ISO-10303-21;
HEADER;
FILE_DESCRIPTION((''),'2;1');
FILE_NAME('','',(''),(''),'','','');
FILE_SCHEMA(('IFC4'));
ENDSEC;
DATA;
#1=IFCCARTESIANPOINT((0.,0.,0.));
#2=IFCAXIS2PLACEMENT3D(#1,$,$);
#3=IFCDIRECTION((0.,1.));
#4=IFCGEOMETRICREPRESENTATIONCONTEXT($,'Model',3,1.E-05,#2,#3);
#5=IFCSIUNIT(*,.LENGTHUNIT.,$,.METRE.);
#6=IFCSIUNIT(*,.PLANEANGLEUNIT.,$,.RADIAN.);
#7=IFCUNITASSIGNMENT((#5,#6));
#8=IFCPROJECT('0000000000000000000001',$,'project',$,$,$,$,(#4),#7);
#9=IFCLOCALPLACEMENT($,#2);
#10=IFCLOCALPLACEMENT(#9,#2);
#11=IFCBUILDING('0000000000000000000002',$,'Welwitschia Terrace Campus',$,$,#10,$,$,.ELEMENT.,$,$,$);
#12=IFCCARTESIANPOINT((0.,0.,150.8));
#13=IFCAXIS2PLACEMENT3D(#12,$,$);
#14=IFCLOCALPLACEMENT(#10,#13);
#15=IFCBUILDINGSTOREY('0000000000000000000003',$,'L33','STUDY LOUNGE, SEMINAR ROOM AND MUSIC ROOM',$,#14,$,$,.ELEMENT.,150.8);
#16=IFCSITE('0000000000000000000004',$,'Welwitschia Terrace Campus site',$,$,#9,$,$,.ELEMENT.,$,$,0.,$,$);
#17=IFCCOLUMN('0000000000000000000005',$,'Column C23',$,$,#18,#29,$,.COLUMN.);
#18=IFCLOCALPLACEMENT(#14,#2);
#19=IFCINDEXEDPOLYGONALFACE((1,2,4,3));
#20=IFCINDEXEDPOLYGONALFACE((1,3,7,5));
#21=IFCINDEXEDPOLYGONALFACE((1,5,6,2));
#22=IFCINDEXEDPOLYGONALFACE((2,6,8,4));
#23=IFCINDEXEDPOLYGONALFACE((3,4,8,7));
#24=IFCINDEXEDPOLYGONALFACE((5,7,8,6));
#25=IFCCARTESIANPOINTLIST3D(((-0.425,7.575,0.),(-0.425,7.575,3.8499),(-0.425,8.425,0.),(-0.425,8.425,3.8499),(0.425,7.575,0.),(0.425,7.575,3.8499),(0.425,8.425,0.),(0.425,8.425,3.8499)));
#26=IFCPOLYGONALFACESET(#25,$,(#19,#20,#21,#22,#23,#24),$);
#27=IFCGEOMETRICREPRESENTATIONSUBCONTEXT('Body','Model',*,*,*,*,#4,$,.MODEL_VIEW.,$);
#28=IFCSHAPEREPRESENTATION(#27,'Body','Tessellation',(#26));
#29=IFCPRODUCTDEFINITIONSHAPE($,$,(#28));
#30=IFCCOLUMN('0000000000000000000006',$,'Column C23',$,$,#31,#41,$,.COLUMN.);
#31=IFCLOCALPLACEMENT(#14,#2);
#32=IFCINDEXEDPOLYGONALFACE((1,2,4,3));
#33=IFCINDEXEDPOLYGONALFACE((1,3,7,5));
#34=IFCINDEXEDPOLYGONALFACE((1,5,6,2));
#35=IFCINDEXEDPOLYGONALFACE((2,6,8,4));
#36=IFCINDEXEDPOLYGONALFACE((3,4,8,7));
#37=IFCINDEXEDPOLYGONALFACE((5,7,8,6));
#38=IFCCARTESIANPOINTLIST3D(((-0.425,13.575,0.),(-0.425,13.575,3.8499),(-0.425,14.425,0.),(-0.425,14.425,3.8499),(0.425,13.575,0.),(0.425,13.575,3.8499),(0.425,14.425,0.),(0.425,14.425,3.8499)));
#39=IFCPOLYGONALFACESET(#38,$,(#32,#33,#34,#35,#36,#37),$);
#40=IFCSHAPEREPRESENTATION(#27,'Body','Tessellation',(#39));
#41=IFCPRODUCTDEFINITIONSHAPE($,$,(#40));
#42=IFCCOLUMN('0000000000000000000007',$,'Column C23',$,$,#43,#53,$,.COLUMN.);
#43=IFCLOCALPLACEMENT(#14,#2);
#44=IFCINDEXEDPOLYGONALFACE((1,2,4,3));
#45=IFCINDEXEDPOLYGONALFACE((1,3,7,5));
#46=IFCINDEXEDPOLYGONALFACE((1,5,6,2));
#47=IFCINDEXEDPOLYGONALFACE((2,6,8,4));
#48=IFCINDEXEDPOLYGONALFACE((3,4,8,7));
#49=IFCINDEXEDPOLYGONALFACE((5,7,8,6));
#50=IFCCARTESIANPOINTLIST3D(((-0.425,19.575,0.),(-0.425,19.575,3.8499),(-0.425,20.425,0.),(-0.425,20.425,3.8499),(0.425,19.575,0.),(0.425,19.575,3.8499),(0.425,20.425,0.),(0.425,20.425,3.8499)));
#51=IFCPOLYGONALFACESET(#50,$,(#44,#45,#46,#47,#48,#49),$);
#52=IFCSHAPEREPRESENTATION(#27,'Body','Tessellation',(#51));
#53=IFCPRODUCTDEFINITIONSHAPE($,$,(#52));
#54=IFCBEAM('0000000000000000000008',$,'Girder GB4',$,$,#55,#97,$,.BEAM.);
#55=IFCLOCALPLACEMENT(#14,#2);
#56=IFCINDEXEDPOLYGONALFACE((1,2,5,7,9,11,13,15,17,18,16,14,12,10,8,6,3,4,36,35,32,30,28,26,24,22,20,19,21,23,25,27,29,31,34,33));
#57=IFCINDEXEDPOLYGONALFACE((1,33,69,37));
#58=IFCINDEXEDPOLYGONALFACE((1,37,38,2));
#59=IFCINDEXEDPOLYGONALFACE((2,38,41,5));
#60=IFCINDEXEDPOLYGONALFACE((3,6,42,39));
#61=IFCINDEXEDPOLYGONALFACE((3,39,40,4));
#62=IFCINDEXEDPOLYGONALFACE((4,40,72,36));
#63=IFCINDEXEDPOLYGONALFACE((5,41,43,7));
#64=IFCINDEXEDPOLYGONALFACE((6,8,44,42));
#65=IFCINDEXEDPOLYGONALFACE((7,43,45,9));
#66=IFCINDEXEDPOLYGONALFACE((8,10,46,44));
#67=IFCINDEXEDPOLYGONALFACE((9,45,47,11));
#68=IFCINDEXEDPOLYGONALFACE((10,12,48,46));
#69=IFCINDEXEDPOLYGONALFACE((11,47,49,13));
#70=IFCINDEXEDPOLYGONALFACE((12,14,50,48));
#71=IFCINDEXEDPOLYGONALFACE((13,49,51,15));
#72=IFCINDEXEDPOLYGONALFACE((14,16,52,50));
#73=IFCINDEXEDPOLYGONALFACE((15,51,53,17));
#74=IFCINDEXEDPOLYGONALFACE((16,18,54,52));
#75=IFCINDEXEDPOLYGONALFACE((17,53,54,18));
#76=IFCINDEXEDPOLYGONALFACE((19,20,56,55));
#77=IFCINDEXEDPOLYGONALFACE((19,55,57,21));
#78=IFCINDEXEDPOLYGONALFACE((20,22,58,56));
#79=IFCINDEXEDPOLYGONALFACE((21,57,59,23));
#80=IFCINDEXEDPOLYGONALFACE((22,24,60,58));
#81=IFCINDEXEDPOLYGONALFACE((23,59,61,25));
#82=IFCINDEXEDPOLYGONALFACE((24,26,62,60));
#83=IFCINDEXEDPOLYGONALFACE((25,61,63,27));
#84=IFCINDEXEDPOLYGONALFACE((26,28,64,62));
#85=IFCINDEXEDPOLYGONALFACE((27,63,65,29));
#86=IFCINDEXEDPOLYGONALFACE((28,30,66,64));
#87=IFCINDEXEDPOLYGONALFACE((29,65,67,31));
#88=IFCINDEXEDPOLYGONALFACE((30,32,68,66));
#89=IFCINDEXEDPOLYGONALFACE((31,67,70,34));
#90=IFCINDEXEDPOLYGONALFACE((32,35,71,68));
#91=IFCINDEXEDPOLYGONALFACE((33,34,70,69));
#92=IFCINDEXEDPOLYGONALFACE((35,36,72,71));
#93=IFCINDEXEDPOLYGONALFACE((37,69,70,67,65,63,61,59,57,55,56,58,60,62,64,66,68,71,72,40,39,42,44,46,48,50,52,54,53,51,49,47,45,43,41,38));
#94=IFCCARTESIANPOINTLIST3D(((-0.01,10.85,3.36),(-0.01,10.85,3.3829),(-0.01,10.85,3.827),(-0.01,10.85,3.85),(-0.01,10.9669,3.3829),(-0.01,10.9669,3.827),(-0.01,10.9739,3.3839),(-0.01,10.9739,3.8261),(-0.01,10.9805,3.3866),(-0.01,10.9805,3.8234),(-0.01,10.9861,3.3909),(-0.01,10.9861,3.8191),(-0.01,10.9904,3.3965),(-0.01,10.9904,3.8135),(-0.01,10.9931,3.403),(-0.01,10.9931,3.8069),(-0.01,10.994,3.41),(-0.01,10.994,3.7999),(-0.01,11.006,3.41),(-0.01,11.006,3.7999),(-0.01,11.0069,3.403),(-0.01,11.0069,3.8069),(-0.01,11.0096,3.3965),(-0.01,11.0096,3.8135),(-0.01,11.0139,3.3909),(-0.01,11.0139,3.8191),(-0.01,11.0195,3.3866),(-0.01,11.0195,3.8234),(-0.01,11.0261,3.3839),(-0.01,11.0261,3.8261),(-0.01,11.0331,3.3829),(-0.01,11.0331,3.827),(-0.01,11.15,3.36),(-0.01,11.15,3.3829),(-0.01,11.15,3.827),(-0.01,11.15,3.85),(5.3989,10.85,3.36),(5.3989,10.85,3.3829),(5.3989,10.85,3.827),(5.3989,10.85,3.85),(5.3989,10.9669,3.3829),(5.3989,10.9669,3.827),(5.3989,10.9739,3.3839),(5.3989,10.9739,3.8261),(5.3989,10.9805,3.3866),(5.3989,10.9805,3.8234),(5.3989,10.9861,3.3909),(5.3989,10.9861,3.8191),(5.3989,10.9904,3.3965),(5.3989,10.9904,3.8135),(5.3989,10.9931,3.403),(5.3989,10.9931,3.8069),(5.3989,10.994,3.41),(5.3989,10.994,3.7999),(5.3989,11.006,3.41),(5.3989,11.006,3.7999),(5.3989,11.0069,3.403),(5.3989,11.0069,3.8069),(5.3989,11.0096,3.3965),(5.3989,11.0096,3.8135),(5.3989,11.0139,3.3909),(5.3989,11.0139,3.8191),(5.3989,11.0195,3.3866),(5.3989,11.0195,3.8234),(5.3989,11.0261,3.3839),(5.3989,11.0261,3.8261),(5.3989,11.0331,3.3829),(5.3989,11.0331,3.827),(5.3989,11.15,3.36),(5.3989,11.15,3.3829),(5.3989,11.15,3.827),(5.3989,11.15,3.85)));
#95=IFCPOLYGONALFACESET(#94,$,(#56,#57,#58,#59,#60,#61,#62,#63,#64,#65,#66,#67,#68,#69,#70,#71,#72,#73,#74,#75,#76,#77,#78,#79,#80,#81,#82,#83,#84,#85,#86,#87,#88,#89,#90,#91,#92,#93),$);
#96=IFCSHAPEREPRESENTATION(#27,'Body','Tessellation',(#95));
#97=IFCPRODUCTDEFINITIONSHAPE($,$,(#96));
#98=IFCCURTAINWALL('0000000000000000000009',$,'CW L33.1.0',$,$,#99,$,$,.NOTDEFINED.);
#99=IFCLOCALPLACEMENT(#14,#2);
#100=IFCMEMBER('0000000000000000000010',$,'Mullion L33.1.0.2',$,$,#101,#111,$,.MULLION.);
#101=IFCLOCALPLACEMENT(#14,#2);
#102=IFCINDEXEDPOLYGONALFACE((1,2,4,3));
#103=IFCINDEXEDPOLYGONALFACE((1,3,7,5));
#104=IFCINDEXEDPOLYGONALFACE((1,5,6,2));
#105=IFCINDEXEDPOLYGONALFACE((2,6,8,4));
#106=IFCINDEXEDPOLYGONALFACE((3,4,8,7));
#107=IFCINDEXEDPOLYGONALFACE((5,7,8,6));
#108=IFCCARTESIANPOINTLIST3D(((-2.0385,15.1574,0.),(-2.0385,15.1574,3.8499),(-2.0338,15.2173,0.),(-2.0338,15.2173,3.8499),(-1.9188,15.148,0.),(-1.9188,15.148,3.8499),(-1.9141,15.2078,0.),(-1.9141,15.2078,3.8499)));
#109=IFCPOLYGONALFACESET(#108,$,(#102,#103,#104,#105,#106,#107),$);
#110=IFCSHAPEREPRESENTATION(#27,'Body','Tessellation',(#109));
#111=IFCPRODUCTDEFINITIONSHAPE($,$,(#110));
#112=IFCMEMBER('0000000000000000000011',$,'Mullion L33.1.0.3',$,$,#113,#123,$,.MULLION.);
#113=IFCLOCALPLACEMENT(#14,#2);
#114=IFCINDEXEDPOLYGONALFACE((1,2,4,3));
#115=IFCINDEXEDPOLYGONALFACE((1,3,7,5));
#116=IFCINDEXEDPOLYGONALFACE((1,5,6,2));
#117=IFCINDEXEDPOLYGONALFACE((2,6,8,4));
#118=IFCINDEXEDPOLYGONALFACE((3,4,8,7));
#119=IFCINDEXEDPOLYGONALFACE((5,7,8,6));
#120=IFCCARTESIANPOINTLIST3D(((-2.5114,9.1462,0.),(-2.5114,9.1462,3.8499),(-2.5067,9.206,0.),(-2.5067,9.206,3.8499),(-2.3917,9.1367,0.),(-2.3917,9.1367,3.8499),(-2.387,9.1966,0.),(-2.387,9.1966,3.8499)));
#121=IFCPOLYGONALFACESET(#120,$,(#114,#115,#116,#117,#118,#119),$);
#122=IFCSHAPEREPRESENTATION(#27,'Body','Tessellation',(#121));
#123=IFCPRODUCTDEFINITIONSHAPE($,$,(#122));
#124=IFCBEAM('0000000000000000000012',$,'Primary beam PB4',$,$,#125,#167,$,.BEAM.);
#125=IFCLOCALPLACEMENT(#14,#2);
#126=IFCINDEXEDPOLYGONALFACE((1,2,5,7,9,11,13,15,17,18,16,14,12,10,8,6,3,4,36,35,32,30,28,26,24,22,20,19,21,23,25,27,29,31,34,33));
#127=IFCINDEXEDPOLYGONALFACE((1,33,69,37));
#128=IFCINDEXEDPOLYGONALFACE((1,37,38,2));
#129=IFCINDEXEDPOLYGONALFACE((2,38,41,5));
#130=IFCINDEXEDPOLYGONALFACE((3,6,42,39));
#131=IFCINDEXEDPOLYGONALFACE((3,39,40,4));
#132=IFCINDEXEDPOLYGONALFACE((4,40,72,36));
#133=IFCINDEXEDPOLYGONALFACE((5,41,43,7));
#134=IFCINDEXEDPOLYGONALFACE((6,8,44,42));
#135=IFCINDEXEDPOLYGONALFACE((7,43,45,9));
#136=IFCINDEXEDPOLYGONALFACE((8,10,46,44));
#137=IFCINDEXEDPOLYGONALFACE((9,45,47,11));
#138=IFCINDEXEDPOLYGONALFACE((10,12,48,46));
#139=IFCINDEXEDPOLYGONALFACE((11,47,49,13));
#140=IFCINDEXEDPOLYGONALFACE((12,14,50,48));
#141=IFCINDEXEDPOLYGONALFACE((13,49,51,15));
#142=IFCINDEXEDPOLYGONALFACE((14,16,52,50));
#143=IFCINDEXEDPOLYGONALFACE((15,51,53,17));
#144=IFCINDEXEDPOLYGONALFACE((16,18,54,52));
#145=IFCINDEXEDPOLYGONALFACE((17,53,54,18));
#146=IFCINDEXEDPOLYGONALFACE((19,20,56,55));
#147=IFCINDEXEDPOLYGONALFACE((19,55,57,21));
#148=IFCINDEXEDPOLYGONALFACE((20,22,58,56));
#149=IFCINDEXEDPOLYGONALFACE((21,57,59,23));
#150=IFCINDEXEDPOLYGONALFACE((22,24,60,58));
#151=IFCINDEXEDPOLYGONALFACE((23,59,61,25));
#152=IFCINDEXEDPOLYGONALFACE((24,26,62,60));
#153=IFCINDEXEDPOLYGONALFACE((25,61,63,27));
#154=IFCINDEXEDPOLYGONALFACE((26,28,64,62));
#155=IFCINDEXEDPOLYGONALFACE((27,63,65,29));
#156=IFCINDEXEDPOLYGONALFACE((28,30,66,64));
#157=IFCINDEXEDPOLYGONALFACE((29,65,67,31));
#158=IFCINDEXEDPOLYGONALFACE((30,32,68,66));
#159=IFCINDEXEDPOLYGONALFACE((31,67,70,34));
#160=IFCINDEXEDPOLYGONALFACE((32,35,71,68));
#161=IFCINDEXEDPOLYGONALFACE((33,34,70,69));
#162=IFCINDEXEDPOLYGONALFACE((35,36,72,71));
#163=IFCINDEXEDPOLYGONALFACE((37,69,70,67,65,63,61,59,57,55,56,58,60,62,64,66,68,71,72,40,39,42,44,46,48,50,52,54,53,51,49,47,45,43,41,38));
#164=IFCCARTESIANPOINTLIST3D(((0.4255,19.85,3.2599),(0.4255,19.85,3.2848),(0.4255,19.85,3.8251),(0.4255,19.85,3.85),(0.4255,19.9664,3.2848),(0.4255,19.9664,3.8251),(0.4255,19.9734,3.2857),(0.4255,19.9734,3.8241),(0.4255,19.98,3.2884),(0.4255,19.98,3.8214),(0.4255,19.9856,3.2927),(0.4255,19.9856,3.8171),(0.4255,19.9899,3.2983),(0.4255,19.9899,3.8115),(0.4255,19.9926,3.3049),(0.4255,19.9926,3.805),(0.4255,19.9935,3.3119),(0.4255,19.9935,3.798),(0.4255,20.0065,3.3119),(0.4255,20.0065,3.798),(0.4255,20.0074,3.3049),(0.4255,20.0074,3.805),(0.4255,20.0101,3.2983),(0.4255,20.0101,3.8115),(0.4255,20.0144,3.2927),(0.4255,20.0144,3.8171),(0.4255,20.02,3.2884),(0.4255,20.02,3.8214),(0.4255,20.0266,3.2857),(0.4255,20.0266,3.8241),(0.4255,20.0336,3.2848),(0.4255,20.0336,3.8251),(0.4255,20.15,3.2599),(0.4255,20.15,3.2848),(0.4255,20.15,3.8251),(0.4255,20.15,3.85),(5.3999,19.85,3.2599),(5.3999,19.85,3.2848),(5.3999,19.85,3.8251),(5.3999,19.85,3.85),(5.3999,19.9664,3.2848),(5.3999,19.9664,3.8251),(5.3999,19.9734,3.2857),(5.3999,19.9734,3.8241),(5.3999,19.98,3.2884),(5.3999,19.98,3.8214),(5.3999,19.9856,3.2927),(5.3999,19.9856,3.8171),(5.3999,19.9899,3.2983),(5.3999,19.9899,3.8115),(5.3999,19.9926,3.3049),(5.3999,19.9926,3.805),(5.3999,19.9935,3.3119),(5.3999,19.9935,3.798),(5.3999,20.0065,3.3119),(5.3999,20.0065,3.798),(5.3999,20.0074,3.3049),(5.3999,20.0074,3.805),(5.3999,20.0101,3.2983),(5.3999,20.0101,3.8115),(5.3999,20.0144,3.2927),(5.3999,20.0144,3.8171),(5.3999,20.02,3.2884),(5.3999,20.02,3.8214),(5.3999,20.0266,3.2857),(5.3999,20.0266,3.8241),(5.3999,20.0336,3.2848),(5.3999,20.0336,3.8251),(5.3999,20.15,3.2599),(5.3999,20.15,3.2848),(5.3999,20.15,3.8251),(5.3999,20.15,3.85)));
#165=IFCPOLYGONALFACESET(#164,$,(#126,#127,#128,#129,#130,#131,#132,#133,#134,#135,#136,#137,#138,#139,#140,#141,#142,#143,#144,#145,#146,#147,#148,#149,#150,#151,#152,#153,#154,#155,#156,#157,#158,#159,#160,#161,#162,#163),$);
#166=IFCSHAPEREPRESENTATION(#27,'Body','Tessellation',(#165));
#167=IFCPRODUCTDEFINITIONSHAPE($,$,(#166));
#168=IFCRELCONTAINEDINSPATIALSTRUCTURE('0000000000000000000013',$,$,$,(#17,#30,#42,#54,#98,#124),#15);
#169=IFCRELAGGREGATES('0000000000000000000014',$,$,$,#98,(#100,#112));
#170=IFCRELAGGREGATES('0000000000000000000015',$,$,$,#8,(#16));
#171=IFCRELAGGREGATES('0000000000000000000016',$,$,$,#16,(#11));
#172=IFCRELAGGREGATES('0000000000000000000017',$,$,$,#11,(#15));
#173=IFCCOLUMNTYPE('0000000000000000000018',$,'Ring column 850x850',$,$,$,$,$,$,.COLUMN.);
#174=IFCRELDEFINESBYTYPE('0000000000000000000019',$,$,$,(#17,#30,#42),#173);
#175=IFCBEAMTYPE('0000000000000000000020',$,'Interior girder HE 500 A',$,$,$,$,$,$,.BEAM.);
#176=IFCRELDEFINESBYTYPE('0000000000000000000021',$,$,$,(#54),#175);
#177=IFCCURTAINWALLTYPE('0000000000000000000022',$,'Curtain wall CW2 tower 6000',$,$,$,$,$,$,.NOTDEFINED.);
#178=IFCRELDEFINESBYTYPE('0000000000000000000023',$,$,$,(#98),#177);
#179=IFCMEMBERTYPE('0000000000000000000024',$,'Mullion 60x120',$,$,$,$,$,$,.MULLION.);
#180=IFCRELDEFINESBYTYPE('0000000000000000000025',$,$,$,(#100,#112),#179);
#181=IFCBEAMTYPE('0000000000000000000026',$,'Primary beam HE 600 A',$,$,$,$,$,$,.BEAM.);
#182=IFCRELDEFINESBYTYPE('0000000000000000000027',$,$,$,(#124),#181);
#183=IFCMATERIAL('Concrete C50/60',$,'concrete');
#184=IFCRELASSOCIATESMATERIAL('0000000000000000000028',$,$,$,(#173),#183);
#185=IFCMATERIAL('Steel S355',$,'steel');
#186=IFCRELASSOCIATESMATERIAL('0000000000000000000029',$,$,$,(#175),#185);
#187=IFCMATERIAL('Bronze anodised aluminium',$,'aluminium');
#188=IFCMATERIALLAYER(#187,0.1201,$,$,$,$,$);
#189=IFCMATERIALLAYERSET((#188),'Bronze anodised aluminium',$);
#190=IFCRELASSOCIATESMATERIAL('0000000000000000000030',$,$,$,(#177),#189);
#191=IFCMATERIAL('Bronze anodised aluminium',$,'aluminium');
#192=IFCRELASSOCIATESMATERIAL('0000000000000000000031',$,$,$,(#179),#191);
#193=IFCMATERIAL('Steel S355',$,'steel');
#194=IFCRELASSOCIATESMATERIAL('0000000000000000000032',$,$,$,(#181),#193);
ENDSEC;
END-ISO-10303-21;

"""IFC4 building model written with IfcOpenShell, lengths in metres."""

from ifc_helpers import new_model, si_unit, direction, frame, origin, origin_2d, place, context, subcontext, project, spatial, rectangle, i_section, extrude, material, layer, layer_set, material_profile, profile_set, type_object, element, aggregate, save


model = new_model("IFC4")

# Units and contexts
model_context = context("Model", 3, precision=1e-05, world=origin(), true_north=direction((0.0, 1.0)))
body_context = subcontext(model_context, "Body", "Model", "MODEL_VIEW")
ifc_project = project(units=[si_unit("LENGTHUNIT", "METRE"), si_unit("PLANEANGLEUNIT", "RADIAN")], contexts=[model_context])

# Site, building, storey
site_placement = place(None, origin())
site = spatial("IfcSite", under=ifc_project, at=site_placement, Name="Welwitschia Terrace Campus site", CompositionType="ELEMENT", RefElevation=0.0)
building_placement = place(site_placement, origin())
building = spatial("IfcBuilding", under=site, at=building_placement, Name="Welwitschia Terrace Campus", CompositionType="ELEMENT")
storey_placement = place(building_placement, frame((0.0, 0.0, 150.8)))
storey = spatial("IfcBuildingStorey", under=building, at=storey_placement, Name="L33", Description="STUDY LOUNGE, SEMINAR ROOM AND MUSIC ROOM", CompositionType="ELEMENT", Elevation=150.8)

# Columns
ifc_material_1 = material(Name="Concrete C50/60", Category="concrete")
ifc_material_profile_1 = material_profile(ifc_material_1, rectangle(XDim=0.8501, YDim=0.8501, at=origin_2d()))
ifc_profile_set_1 = profile_set([ifc_material_profile_1], Name="Concrete C50/60")
column_type = type_object("IfcColumnType", Name="Ring column 850x850", PredefinedType="COLUMN", material=ifc_profile_set_1)
for number, where, z_axis, x_axis, name in (
    (1, (0.0, 8.0, 0.0), (0.0, 0.0, 1.0), (1.0, 0.0, 0.0), "Column C23"),
    (2, (0.0, 14.0, 0.0), (0.0, 0.0, 1.0), (1.0, 0.0, 0.0), "Column C23"),
    (3, (0.0, 20.0, 0.0), (0.0, 0.0, 1.0), (1.0, 0.0, 0.0), "Column C23"),
):
    element("IfcColumn", number, at=place(storey_placement, frame(where, z_axis=z_axis, x_axis=x_axis)), inside=storey, type_object=column_type, Name=name, PredefinedType="COLUMN", context=body_context, shape_type="SweptSolid", body=[
        extrude(rectangle(XDim=0.8501, YDim=0.8501, at=origin_2d()), origin(), (0.0, 0.0, 1.0), 3.8499),
    ])

# Beam
ifc_material_2 = material(Name="Steel S355", Category="steel")
ifc_material_profile_2 = material_profile(ifc_material_2, i_section(OverallWidth=0.3, OverallDepth=0.49, WebThickness=0.012, FlangeThickness=0.0229, FilletRadius=0.0271, at=origin_2d()))
ifc_profile_set_2 = profile_set([ifc_material_profile_2], Name="Steel S355")
beam_type_1 = type_object("IfcBeamType", Name="Interior girder HE 500 A", PredefinedType="BEAM", material=ifc_profile_set_2)
beam_1_placement = place(storey_placement, frame((-0.01, 11.0, 3.605), z_axis=(1.0, 0.0, 0.0), x_axis=(0.0, 1.0, 0.0)))
element("IfcBeam", 4, at=beam_1_placement, inside=storey, type_object=beam_type_1, Name="Girder GB4", PredefinedType="BEAM", context=body_context, shape_type="SweptSolid", body=[
    extrude(i_section(OverallWidth=0.3, OverallDepth=0.49, WebThickness=0.012, FlangeThickness=0.0229, FilletRadius=0.0271, at=origin_2d()), origin(), (0.0, 0.0, 1.0), 5.4089),
])

# Curtain wall, members
ifc_material_3 = material(Name="Bronze anodised aluminium", Category="aluminium")
ifc_layer_1 = layer(ifc_material_3, 0.1201)
ifc_layer_set_1 = layer_set([ifc_layer_1], Name="Bronze anodised aluminium")
curtain_wall_type = type_object("IfcCurtainWallType", Name="Curtain wall CW2 tower 6000", PredefinedType="NOTDEFINED", material=ifc_layer_set_1)
curtain_wall_placement = place(storey_placement, origin())
curtain_wall = element("IfcCurtainWall", 5, at=curtain_wall_placement, inside=storey, type_object=curtain_wall_type, Name="CW L33.1.0", PredefinedType="NOTDEFINED")
ifc_material_4 = material(Name="Bronze anodised aluminium", Category="aluminium")
ifc_material_profile_3 = material_profile(ifc_material_4, rectangle(XDim=0.1201, YDim=0.0601, at=origin_2d()))
ifc_profile_set_3 = profile_set([ifc_material_profile_3], Name="Bronze anodised aluminium")
member_type = type_object("IfcMemberType", Name="Mullion 60x120", PredefinedType="MULLION", material=ifc_profile_set_3)
member_1_placement = place(storey_placement, frame((-1.9763, 15.1826, 0.0), z_axis=(0.0, 0.0, 1.0), x_axis=(0.996917, -0.078459, 0.0)))
member_1 = element("IfcMember", 6, at=member_1_placement, type_object=member_type, Name="Mullion L33.1.0.2", PredefinedType="MULLION", context=body_context, shape_type="SweptSolid", body=[
    extrude(rectangle(XDim=0.1201, YDim=0.0601, at=origin_2d()), origin(), (0.0, 0.0, 1.0), 3.8499),
])
member_2_placement = place(storey_placement, frame((-2.4492, 9.1714, 0.0), z_axis=(0.0, 0.0, 1.0), x_axis=(0.996917, -0.078459, 0.0)))
member_2 = element("IfcMember", 7, at=member_2_placement, type_object=member_type, Name="Mullion L33.1.0.3", PredefinedType="MULLION", context=body_context, shape_type="SweptSolid", body=[
    extrude(rectangle(XDim=0.1201, YDim=0.0601, at=origin_2d()), origin(), (0.0, 0.0, 1.0), 3.8499),
])

# Beam
ifc_material_5 = material(Name="Steel S355", Category="steel")
ifc_material_profile_4 = material_profile(ifc_material_5, i_section(OverallWidth=0.3, OverallDepth=0.5901, WebThickness=0.0129, FlangeThickness=0.0249, FilletRadius=0.0271, at=origin_2d()))
ifc_profile_set_4 = profile_set([ifc_material_profile_4], Name="Steel S355")
beam_type_2 = type_object("IfcBeamType", Name="Primary beam HE 600 A", PredefinedType="BEAM", material=ifc_profile_set_4)
for number, where, z_axis, x_axis, name in (
    (8, (0.4255, 20.0, 3.5549), (1.0, 0.0, 0.0), (0.0, 1.0, 0.0), "Primary beam PB4"),
):
    element("IfcBeam", number, at=place(storey_placement, frame(where, z_axis=z_axis, x_axis=x_axis)), inside=storey, type_object=beam_type_2, Name=name, PredefinedType="BEAM", context=body_context, shape_type="SweptSolid", body=[
        extrude(i_section(OverallWidth=0.3, OverallDepth=0.5901, WebThickness=0.0129, FlangeThickness=0.0249, FilletRadius=0.0271, at=origin_2d()), origin(), (0.0, 0.0, 1.0), 4.9744),
    ])

aggregate(curtain_wall, [member_1, member_2])

save(model, "model.ifc")
